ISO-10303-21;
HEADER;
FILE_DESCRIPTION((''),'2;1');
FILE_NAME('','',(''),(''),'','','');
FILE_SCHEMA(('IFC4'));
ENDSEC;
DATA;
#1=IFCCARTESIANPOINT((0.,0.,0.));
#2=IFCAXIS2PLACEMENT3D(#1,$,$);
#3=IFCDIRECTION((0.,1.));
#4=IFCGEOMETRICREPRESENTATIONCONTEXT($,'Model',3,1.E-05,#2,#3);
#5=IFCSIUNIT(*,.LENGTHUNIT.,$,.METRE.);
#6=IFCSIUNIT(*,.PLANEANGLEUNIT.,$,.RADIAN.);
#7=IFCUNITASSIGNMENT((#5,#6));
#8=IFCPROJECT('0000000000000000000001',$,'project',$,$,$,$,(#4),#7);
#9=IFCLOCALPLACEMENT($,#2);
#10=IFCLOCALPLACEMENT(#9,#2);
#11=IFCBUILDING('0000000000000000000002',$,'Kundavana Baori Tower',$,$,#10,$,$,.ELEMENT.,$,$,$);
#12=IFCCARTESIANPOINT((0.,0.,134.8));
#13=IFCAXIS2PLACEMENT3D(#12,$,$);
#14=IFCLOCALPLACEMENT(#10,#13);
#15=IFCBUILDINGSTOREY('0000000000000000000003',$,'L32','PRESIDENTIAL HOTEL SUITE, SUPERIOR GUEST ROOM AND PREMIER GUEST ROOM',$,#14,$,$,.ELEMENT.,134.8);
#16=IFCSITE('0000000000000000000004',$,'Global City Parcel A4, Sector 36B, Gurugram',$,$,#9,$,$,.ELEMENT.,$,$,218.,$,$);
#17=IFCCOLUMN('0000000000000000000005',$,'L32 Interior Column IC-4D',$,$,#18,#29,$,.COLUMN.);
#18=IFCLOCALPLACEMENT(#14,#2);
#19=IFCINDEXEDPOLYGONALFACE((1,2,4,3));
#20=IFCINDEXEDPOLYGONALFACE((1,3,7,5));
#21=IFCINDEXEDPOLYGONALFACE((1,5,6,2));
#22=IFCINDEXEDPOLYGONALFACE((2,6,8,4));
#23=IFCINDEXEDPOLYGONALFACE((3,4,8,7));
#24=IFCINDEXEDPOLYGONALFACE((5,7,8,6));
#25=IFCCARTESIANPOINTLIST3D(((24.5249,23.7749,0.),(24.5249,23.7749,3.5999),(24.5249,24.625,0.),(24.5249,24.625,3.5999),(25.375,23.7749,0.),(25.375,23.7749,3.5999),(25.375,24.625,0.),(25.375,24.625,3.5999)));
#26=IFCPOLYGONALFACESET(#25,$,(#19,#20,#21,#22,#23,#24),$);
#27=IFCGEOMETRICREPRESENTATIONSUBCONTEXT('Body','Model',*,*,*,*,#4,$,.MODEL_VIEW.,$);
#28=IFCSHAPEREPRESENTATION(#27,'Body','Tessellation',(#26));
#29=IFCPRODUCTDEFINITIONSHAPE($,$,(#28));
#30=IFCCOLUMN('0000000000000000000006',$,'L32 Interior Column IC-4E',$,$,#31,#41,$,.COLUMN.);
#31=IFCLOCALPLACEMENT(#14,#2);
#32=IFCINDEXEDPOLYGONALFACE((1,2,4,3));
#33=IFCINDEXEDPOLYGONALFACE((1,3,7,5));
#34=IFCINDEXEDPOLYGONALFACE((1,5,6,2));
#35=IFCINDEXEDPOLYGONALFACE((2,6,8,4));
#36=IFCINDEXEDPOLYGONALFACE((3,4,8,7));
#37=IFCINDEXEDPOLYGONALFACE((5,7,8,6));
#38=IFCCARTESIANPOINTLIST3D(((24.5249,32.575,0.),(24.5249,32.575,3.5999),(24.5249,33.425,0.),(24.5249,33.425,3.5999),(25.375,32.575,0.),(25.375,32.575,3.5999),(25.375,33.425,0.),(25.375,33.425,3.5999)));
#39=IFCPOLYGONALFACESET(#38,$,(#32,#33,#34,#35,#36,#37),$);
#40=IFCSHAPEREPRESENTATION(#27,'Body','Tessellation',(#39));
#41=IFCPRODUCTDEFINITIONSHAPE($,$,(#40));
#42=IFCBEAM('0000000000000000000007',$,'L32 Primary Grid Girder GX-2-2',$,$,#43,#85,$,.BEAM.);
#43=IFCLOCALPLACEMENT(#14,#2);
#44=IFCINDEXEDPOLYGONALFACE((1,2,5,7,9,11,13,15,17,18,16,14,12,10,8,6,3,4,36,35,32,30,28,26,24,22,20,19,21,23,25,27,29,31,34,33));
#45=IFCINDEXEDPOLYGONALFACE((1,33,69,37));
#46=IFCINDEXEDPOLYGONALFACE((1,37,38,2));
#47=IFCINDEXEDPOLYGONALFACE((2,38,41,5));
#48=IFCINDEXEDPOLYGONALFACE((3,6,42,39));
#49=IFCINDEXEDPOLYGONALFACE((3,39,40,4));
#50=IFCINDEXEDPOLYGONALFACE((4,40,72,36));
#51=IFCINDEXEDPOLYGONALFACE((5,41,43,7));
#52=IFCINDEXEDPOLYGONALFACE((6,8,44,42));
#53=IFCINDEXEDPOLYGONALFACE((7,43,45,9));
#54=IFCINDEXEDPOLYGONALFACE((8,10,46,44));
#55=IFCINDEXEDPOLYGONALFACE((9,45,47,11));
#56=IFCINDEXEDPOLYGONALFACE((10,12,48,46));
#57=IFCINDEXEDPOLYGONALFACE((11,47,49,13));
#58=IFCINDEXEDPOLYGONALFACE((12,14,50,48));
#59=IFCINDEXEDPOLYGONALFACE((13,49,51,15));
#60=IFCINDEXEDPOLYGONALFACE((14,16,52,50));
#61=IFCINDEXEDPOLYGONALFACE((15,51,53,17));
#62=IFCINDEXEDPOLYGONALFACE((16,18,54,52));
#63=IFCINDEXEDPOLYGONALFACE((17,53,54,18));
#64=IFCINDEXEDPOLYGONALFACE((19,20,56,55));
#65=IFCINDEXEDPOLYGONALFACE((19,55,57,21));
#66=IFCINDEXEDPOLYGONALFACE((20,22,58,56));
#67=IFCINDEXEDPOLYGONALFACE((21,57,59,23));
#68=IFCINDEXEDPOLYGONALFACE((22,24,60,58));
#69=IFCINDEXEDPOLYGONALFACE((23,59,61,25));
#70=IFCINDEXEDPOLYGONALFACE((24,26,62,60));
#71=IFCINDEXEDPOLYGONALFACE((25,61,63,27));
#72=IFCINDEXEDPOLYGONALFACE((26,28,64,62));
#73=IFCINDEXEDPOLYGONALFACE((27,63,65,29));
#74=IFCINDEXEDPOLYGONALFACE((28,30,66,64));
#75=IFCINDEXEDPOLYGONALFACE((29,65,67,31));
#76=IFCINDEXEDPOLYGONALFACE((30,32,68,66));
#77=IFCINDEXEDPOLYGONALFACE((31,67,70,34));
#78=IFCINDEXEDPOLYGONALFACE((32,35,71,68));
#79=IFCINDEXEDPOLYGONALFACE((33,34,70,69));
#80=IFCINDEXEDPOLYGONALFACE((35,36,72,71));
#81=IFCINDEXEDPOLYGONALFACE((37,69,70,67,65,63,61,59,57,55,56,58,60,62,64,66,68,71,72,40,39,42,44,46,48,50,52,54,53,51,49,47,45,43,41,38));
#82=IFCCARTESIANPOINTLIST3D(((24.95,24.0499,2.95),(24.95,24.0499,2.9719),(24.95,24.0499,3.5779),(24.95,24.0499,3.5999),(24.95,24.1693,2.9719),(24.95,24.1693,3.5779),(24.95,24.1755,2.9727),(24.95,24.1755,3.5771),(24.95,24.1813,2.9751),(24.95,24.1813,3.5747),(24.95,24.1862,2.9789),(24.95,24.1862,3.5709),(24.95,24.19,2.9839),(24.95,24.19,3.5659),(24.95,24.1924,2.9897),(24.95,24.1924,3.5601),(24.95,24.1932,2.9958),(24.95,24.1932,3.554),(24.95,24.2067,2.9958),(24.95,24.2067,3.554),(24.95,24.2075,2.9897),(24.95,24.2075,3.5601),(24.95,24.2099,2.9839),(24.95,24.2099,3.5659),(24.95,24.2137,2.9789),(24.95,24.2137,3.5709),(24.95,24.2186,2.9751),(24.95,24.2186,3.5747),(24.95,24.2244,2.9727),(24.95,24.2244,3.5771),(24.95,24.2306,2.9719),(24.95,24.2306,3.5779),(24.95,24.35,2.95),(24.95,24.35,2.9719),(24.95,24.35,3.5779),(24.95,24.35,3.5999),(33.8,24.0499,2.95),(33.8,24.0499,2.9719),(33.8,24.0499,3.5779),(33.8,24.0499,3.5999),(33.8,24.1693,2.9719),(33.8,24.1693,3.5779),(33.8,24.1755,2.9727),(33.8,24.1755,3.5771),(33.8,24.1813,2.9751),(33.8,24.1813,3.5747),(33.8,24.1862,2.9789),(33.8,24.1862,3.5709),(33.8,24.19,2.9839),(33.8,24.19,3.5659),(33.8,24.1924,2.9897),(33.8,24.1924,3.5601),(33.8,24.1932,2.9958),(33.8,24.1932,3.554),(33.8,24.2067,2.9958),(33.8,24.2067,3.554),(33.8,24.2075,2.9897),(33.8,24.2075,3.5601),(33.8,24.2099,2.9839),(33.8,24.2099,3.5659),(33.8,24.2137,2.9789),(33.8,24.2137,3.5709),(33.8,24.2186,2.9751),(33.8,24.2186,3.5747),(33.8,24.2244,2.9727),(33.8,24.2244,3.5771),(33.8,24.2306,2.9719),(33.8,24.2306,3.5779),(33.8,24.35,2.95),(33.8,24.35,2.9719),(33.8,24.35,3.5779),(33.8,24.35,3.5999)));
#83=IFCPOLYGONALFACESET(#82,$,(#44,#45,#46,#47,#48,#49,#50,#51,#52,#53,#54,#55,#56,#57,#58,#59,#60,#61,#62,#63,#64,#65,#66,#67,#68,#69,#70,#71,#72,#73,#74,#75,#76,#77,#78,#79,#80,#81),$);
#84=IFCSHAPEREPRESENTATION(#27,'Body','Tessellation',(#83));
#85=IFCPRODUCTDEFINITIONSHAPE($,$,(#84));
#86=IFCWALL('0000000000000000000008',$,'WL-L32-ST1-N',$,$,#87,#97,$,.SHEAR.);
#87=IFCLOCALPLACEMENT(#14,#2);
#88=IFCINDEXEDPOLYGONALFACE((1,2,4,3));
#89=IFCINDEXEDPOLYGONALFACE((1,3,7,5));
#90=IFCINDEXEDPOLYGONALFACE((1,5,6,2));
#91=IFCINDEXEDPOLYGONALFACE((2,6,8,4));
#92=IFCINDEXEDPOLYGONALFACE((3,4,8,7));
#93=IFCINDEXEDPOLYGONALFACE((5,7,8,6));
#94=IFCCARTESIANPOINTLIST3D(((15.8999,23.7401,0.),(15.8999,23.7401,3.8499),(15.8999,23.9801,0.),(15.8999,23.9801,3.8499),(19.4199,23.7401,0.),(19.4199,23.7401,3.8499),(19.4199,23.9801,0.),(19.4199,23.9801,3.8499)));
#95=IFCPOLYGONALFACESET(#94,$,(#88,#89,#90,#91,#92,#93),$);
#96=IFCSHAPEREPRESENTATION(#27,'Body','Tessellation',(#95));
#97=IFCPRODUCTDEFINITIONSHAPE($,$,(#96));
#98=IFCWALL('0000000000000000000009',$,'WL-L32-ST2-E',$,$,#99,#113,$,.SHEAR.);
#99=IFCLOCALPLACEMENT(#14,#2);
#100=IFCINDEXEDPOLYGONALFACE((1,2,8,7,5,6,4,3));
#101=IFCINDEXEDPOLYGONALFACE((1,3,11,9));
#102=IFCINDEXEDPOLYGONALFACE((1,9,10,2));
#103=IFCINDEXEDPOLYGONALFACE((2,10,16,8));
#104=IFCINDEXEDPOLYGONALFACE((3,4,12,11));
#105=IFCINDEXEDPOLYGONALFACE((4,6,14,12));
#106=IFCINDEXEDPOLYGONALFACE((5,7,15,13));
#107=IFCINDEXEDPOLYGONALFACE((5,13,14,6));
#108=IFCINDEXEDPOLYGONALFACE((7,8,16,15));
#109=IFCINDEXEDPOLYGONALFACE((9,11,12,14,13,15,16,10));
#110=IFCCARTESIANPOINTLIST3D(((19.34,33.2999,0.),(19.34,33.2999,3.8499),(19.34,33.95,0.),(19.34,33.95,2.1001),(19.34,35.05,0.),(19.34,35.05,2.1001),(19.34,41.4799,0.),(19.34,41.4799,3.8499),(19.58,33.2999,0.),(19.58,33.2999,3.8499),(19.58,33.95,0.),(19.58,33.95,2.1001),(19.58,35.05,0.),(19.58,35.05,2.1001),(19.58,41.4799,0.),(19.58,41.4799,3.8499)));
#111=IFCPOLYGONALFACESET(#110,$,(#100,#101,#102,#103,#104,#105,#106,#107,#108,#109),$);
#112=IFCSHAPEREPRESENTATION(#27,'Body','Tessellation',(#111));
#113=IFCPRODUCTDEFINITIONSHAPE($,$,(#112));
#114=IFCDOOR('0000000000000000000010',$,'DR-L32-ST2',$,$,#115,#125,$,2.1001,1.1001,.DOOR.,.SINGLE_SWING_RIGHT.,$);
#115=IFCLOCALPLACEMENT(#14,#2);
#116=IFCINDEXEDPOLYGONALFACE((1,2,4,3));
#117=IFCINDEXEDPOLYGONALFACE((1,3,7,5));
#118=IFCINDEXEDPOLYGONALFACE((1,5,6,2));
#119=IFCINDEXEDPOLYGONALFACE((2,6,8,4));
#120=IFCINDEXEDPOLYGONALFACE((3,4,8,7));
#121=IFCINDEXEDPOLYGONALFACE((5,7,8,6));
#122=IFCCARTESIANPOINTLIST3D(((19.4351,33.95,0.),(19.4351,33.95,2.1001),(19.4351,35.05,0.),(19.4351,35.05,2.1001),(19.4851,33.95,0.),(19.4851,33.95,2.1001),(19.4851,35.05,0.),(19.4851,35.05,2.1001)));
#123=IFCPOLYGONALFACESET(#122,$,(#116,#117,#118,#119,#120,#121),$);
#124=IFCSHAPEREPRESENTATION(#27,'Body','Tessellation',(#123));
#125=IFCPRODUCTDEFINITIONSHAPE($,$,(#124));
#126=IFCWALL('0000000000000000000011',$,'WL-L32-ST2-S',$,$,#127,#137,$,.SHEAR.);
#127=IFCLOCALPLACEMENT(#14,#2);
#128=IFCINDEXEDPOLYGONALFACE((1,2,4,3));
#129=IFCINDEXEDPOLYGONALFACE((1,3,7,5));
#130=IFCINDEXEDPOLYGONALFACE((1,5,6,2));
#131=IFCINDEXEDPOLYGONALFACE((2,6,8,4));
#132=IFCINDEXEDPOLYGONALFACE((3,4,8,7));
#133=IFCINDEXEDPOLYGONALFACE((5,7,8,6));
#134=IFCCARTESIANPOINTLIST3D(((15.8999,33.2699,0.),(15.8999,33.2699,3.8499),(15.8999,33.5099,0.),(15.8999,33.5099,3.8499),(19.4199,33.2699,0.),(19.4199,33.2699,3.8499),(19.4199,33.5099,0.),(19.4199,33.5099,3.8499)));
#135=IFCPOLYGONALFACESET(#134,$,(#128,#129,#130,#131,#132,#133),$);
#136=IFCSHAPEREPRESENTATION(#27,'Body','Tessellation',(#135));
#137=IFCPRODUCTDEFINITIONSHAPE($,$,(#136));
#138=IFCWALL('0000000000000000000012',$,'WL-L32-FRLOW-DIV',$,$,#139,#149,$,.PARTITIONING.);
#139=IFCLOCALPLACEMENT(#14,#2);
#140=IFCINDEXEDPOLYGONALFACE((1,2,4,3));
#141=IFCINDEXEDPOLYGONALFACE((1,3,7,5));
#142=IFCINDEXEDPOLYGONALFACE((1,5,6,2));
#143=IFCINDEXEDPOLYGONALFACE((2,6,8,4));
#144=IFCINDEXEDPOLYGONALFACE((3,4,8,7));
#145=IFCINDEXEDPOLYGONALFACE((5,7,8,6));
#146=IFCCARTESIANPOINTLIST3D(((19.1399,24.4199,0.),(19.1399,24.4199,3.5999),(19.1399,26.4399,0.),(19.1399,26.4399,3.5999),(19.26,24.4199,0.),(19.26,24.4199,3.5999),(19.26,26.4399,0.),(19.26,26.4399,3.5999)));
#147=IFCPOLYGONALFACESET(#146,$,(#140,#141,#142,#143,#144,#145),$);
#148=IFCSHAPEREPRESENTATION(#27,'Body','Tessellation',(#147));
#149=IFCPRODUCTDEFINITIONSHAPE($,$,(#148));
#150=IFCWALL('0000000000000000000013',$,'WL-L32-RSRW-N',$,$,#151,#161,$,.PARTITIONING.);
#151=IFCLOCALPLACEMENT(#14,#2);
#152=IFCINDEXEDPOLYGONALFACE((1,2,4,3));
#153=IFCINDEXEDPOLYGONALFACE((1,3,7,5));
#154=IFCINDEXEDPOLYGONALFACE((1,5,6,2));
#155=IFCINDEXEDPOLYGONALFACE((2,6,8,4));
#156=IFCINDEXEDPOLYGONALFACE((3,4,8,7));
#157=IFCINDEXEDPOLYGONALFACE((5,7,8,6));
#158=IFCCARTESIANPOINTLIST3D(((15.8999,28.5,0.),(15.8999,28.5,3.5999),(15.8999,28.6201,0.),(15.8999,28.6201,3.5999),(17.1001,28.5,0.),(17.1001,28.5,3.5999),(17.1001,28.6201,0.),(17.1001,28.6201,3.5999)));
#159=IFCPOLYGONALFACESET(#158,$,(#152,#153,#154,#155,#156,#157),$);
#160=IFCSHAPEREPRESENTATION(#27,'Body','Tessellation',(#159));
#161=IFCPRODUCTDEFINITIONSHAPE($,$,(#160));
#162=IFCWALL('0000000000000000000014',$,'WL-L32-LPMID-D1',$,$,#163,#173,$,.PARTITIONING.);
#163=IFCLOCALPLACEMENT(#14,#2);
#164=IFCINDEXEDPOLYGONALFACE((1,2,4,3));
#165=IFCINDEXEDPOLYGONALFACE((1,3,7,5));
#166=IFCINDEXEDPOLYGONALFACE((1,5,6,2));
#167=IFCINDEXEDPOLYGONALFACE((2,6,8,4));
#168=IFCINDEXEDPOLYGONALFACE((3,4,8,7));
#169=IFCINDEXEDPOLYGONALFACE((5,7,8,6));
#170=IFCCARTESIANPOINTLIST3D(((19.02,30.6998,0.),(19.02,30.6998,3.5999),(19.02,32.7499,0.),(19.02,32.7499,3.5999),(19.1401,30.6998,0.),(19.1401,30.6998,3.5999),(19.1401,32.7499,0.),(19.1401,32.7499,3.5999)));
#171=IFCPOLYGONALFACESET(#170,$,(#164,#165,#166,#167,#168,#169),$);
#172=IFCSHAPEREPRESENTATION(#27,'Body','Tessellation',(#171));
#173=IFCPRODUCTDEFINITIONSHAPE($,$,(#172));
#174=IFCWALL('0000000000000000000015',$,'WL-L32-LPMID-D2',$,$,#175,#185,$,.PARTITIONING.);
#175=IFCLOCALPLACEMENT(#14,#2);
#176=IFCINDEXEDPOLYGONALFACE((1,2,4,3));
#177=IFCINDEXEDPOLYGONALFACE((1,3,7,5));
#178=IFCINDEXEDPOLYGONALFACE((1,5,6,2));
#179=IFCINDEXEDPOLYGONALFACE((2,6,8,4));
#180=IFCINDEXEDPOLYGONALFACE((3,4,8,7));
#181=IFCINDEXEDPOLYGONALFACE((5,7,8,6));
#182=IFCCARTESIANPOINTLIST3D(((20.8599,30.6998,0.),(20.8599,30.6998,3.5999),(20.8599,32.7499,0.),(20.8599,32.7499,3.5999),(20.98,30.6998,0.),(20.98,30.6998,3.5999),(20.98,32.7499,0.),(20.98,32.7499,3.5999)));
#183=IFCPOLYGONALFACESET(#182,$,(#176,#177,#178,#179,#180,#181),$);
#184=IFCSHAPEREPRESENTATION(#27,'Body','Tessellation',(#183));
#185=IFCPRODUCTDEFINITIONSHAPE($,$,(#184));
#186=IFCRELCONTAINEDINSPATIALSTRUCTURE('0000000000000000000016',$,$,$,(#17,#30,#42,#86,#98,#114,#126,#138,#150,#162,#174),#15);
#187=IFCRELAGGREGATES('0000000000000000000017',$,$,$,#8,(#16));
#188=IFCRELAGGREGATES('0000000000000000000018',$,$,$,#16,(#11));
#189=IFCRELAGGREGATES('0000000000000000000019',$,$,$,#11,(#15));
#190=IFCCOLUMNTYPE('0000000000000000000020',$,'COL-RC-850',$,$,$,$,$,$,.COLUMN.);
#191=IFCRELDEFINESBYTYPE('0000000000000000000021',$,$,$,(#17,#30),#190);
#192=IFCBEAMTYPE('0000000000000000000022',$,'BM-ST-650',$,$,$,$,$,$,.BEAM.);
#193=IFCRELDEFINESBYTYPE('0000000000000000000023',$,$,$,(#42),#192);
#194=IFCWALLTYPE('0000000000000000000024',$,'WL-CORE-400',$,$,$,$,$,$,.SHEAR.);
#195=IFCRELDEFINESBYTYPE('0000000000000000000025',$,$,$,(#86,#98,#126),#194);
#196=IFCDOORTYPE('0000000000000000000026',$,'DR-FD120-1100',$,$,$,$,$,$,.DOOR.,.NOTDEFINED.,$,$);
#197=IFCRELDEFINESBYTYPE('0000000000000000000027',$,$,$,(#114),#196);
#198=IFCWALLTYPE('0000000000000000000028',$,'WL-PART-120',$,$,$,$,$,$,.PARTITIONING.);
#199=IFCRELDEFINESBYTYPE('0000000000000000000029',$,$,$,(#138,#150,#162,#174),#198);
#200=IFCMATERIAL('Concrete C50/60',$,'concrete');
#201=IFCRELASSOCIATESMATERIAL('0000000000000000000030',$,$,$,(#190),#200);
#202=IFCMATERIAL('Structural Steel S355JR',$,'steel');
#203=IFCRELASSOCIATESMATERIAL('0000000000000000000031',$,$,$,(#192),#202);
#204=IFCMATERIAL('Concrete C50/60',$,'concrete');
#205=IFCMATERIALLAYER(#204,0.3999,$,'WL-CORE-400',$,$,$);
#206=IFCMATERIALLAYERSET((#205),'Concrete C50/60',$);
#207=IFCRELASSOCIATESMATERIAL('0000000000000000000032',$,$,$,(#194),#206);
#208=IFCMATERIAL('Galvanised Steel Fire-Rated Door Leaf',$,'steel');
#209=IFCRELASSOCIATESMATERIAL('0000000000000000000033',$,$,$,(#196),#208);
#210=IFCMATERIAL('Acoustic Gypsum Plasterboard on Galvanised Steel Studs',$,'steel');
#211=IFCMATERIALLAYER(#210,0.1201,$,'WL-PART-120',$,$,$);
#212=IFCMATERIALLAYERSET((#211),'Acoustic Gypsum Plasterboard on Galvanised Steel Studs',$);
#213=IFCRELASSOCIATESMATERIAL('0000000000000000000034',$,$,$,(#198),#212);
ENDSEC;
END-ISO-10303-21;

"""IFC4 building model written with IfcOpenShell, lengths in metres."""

from ifc_helpers import new_model, si_unit, direction, frame, frame_2d, origin, origin_2d, place, context, subcontext, project, spatial, rectangle, i_section, extrude, material, layer, layer_set, material_profile, profile_set, type_object, element, fill, save


model = new_model("IFC4")

# Units and contexts
model_context = context("Model", 3, precision=1e-05, world=origin(), true_north=direction((0.0, 1.0)))
body_context = subcontext(model_context, "Body", "Model", "MODEL_VIEW")
ifc_project = project(units=[si_unit("LENGTHUNIT", "METRE"), si_unit("PLANEANGLEUNIT", "RADIAN")], contexts=[model_context])

# Site, building, storey
site_placement = place(None, origin())
site = spatial("IfcSite", under=ifc_project, at=site_placement, Name="Global City Parcel A4, Sector 36B, Gurugram", CompositionType="ELEMENT", RefElevation=218.0)
building_placement = place(site_placement, origin())
building = spatial("IfcBuilding", under=site, at=building_placement, Name="Kundavana Baori Tower", CompositionType="ELEMENT")
storey_placement = place(building_placement, frame((0.0, 0.0, 134.8)))
storey = spatial("IfcBuildingStorey", under=building, at=storey_placement, Name="L32", Description="PRESIDENTIAL HOTEL SUITE, SUPERIOR GUEST ROOM AND PREMIER GUEST ROOM", CompositionType="ELEMENT", Elevation=134.8)

# Columns
ifc_material_1 = material(Name="Concrete C50/60", Category="concrete")
ifc_material_profile_1 = material_profile(ifc_material_1, rectangle(XDim=0.8501, YDim=0.8501, at=origin_2d()), Name="RC 850x850")
ifc_profile_set_1 = profile_set([ifc_material_profile_1], Name="Concrete C50/60")
column_type = type_object("IfcColumnType", Name="COL-RC-850", PredefinedType="COLUMN", material=ifc_profile_set_1)
for number, where, z_axis, x_axis, name in (
    (1, (24.95, 24.2, 0.0), (0.0, 0.0, 1.0), (1.0, 0.0, 0.0), "L32 Interior Column IC-4D"),
    (2, (24.95, 33.0, 0.0), (0.0, 0.0, 1.0), (1.0, 0.0, 0.0), "L32 Interior Column IC-4E"),
):
    element("IfcColumn", number, at=place(storey_placement, frame(where, z_axis=z_axis, x_axis=x_axis)), inside=storey, type_object=column_type, Name=name, PredefinedType="COLUMN", context=body_context, shape_type="SweptSolid", body=[
        extrude(rectangle(XDim=0.8501, YDim=0.8501, at=origin_2d()), origin(), (0.0, 0.0, 1.0), 3.5999),
    ])

# Beam
ifc_material_2 = material(Name="Structural Steel S355JR", Category="steel")
ifc_material_profile_2 = material_profile(ifc_material_2, i_section(OverallWidth=0.3, OverallDepth=0.6499, WebThickness=0.0134, FlangeThickness=0.022, FilletRadius=0.0239, at=origin_2d()), Name="NPB 650x300x155")
ifc_profile_set_2 = profile_set([ifc_material_profile_2], Name="Structural Steel S355JR")
beam_type = type_object("IfcBeamType", Name="BM-ST-650", PredefinedType="BEAM", material=ifc_profile_set_2)
beam_placement = place(storey_placement, frame((24.95, 24.2, 3.2749), z_axis=(1.0, 0.0, 0.0), x_axis=(0.0, 1.0, 0.0)))
element("IfcBeam", 3, at=beam_placement, inside=storey, type_object=beam_type, Name="L32 Primary Grid Girder GX-2-2", PredefinedType="BEAM", context=body_context, shape_type="SweptSolid", body=[
    extrude(i_section(OverallWidth=0.3, OverallDepth=0.6499, WebThickness=0.0134, FlangeThickness=0.022, FilletRadius=0.0239, at=origin_2d()), origin(), (0.0, 0.0, 1.0), 8.8501),
])

# Wall
ifc_material_3 = material(Name="Concrete C50/60", Category="concrete")
ifc_layer_1 = layer(ifc_material_3, 0.3999, Name="WL-CORE-400")
ifc_layer_set_1 = layer_set([ifc_layer_1], Name="Concrete C50/60")
wall_type_1 = type_object("IfcWallType", Name="WL-CORE-400", PredefinedType="SHEAR", material=ifc_layer_set_1)
wall_1_placement = place(storey_placement, frame((15.8999, 23.8601, 0.0), z_axis=(0.0, 0.0, 1.0), x_axis=(1.0, 0.0, 0.0)))
element("IfcWall", 4, at=wall_1_placement, inside=storey, type_object=wall_type_1, Name="WL-L32-ST1-N", PredefinedType="SHEAR", context=body_context, shape_type="SweptSolid", body=[
    extrude(rectangle(XDim=3.52, YDim=0.24, at=frame_2d((1.76, 0.0))), origin(), (0.0, 0.0, 1.0), 3.8499),
])

# Wall, opening, door
wall_2_placement = place(storey_placement, frame((19.46, 33.3, 0.0), z_axis=(0.0, 0.0, 1.0), x_axis=(0.0, 1.0, 0.0)))
wall_2 = element("IfcWall", 5, at=wall_2_placement, inside=storey, type_object=wall_type_1, Name="WL-L32-ST2-E", PredefinedType="SHEAR", context=body_context, shape_type="SweptSolid", body=[
    extrude(rectangle(XDim=8.1799, YDim=0.24, at=frame_2d((4.0898, 0.0))), origin(), (0.0, 0.0, 1.0), 3.8499),
])
opening_1_placement = place(wall_2_placement, frame((0.6499, 0.0, 0.0)))
opening_1 = element("IfcOpeningElement", 6, at=opening_1_placement, cuts=wall_2, PredefinedType="OPENING", context=body_context, shape_type="SweptSolid", body=[
    extrude(rectangle(XDim=1.1001, YDim=2.1001, at=frame_2d((0.55, 1.05))), frame((0.0, 0.1299, 0.0), z_axis=(0.0, -1.0, 0.0), x_axis=(1.0, 0.0, 0.0)), (0.0, 0.0, 1.0), 0.26),
])
ifc_material_4 = material(Name="Galvanised Steel Fire-Rated Door Leaf", Category="steel")
door_type_1 = type_object("IfcDoorType", Name="DR-FD120-1100", OperationType="NOTDEFINED", PredefinedType="DOOR", material=ifc_material_4)
door_1_placement = place(opening_1_placement, origin())
door_1 = element("IfcDoor", 7, at=door_1_placement, inside=storey, type_object=door_type_1, Name="DR-L32-ST2", OperationType="SINGLE_SWING_RIGHT", OverallHeight=2.1001, OverallWidth=1.1001, PredefinedType="DOOR", context=body_context, shape_type="SweptSolid", body=[
    extrude(rectangle(XDim=1.1001, YDim=2.1001, at=frame_2d((0.55, 1.05))), frame((0.0, 0.0249, 0.0), z_axis=(0.0, -1.0, 0.0), x_axis=(1.0, 0.0, 0.0)), (0.0, 0.0, 1.0), 0.05),
])
fill(opening_1, door_1)

# Walls
wall_3_placement = place(storey_placement, frame((15.8999, 33.3899, 0.0), z_axis=(0.0, 0.0, 1.0), x_axis=(1.0, 0.0, 0.0)))
element("IfcWall", 8, at=wall_3_placement, inside=storey, type_object=wall_type_1, Name="WL-L32-ST2-S", PredefinedType="SHEAR", context=body_context, shape_type="SweptSolid", body=[
    extrude(rectangle(XDim=3.52, YDim=0.24, at=frame_2d((1.76, 0.0))), origin(), (0.0, 0.0, 1.0), 3.8499),
])
ifc_material_5 = material(Name="Acoustic Gypsum Plasterboard on Galvanised Steel Studs", Category="steel")
ifc_layer_2 = layer(ifc_material_5, 0.1201, Name="WL-PART-120")
ifc_layer_set_2 = layer_set([ifc_layer_2], Name="Acoustic Gypsum Plasterboard on Galvanised Steel Studs")
wall_type_2 = type_object("IfcWallType", Name="WL-PART-120", PredefinedType="PARTITIONING", material=ifc_layer_set_2)
wall_4_placement = place(storey_placement, frame((19.2, 24.4199, 0.0), z_axis=(0.0, 0.0, 1.0), x_axis=(0.0, 1.0, 0.0)))
element("IfcWall", 9, at=wall_4_placement, inside=storey, type_object=wall_type_2, Name="WL-L32-FRLOW-DIV", PredefinedType="PARTITIONING", context=body_context, shape_type="SweptSolid", body=[
    extrude(rectangle(XDim=2.02, YDim=0.1201, at=frame_2d((1.01, 0.0))), origin(), (0.0, 0.0, 1.0), 3.5999),
])
wall_5_placement = place(storey_placement, frame((15.8999, 28.5601, 0.0), z_axis=(0.0, 0.0, 1.0), x_axis=(1.0, 0.0, 0.0)))
element("IfcWall", 10, at=wall_5_placement, inside=storey, type_object=wall_type_2, Name="WL-L32-RSRW-N", PredefinedType="PARTITIONING", context=body_context, shape_type="SweptSolid", body=[
    extrude(rectangle(XDim=1.2002, YDim=0.1201, at=frame_2d((0.6001, 0.0))), origin(), (0.0, 0.0, 1.0), 3.5999),
])
for number, where, z_axis, x_axis, name in (
    (11, (19.0801, 30.7, 0.0), (0.0, 0.0, 1.0), (0.0, 1.0, 0.0), "WL-L32-LPMID-D1"),
    (12, (20.9199, 30.7, 0.0), (0.0, 0.0, 1.0), (0.0, 1.0, 0.0), "WL-L32-LPMID-D2"),
):
    element("IfcWall", number, at=place(storey_placement, frame(where, z_axis=z_axis, x_axis=x_axis)), inside=storey, type_object=wall_type_2, Name=name, PredefinedType="PARTITIONING", context=body_context, shape_type="SweptSolid", body=[
        extrude(rectangle(XDim=2.05, YDim=0.1201, at=frame_2d((1.0249, 0.0))), origin(), (0.0, 0.0, 1.0), 3.5999),
    ])

save(model, "model.ifc")
